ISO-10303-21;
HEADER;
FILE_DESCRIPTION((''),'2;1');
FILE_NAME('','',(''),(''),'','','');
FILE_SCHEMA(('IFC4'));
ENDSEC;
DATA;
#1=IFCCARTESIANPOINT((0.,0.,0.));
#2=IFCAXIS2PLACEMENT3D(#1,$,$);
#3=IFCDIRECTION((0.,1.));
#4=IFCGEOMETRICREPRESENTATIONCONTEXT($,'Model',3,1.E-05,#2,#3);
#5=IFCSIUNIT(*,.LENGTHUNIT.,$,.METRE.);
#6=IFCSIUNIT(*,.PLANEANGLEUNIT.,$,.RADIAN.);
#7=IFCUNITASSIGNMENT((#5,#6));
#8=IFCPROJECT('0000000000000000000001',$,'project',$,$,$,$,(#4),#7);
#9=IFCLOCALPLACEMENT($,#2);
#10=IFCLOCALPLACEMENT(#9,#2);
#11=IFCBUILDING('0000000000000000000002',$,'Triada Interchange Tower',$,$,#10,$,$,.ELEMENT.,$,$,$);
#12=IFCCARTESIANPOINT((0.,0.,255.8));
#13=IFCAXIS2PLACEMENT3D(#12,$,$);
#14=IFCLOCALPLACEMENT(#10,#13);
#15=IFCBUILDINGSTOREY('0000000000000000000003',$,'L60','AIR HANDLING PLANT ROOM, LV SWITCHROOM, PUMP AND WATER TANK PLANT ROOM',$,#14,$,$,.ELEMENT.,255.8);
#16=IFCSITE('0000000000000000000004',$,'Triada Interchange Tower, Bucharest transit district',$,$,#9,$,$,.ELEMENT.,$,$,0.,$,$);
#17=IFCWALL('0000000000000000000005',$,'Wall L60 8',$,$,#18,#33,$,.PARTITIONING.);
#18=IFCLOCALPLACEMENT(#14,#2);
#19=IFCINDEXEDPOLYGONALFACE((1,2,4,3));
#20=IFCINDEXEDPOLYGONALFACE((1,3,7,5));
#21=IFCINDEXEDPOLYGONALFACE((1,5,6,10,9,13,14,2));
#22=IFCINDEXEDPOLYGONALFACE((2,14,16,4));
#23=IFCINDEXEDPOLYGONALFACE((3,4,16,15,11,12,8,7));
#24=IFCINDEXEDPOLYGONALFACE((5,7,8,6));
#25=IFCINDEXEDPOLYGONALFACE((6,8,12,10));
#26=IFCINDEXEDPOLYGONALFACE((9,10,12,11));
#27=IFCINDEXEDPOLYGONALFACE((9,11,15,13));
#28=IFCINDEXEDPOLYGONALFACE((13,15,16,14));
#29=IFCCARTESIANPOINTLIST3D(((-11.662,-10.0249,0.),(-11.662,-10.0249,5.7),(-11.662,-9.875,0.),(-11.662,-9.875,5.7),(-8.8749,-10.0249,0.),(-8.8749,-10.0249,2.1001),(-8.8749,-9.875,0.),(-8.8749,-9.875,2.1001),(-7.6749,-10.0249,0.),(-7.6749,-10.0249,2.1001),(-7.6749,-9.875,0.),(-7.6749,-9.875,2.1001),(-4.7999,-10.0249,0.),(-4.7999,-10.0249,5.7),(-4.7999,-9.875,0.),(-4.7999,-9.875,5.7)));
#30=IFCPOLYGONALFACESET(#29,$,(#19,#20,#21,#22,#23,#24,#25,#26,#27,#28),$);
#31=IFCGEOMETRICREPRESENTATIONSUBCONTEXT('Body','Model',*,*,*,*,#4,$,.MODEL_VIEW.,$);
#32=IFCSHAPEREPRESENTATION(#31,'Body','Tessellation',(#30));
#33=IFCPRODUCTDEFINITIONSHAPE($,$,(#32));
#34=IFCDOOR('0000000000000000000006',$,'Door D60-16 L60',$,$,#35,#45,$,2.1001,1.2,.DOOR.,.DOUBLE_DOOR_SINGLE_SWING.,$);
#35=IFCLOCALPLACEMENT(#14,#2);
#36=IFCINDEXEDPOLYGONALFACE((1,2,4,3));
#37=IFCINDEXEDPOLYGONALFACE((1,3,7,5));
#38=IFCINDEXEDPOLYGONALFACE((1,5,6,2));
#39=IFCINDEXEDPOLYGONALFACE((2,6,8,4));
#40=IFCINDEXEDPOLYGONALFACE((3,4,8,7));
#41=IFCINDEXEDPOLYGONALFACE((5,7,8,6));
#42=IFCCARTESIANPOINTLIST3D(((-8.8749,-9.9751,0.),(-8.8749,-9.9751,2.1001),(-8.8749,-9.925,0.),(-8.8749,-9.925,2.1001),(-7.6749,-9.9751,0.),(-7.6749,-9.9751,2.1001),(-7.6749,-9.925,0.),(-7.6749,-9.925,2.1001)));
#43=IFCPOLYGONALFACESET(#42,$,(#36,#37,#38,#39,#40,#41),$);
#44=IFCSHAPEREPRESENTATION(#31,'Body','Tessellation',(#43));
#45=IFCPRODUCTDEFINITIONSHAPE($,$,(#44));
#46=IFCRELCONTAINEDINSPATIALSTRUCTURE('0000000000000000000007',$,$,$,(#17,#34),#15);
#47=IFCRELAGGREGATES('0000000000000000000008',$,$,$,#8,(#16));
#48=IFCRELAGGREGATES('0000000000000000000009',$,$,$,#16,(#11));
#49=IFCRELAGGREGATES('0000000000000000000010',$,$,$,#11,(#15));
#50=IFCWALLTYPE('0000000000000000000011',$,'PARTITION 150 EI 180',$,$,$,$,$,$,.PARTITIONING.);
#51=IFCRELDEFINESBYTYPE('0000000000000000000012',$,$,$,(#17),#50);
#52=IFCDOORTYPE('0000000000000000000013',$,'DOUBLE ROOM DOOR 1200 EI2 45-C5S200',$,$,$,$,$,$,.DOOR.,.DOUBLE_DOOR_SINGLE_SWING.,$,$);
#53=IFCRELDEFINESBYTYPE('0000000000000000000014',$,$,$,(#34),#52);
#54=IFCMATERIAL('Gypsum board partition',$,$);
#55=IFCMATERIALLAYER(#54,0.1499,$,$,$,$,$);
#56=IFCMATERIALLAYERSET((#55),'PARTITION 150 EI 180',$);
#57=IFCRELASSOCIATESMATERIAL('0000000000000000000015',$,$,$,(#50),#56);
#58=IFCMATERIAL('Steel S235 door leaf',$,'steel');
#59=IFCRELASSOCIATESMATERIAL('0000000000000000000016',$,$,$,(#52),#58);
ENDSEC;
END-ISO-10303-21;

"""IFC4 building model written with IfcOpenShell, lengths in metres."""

from ifc_helpers import new_model, si_unit, direction, frame, frame_2d, origin, place, context, subcontext, project, spatial, rectangle, extrude, material, layer, layer_set, type_object, element, fill, save


model = new_model("IFC4")

# Units and contexts
model_context = context("Model", 3, precision=1e-05, world=origin(), true_north=direction((0.0, 1.0)))
body_context = subcontext(model_context, "Body", "Model", "MODEL_VIEW")
ifc_project = project(units=[si_unit("LENGTHUNIT", "METRE"), si_unit("PLANEANGLEUNIT", "RADIAN")], contexts=[model_context])

# Site, building, storey
site_placement = place(None, origin())
site = spatial("IfcSite", under=ifc_project, at=site_placement, Name="Triada Interchange Tower, Bucharest transit district", CompositionType="ELEMENT", RefElevation=0.0)
building_placement = place(site_placement, origin())
building = spatial("IfcBuilding", under=site, at=building_placement, Name="Triada Interchange Tower", CompositionType="ELEMENT")
storey_placement = place(building_placement, frame((0.0, 0.0, 255.8)))
storey = spatial("IfcBuildingStorey", under=building, at=storey_placement, Name="L60", Description="AIR HANDLING PLANT ROOM, LV SWITCHROOM, PUMP AND WATER TANK PLANT ROOM", CompositionType="ELEMENT", Elevation=255.8)

# Shared definitions
ifc_material_1 = material(Name="Gypsum board partition")
ifc_layer = layer(ifc_material_1, 0.1499)
ifc_layer_set = layer_set([ifc_layer], Name="PARTITION 150 EI 180")
wall_type = type_object("IfcWallType", Name="PARTITION 150 EI 180", PredefinedType="PARTITIONING", material=ifc_layer_set)

# Wall, opening, door
wall_1_placement = place(storey_placement, frame((-11.6621, -9.95, 0.0), z_axis=(0.0, 0.0, 1.0), x_axis=(1.0, 0.0, 0.0)))
wall_1 = element("IfcWall", 1, at=wall_1_placement, inside=storey, type_object=wall_type, Name="Wall L60 8", PredefinedType="PARTITIONING", context=body_context, shape_type="SweptSolid", body=[
    extrude(rectangle(XDim=6.8621, YDim=0.1499, at=frame_2d((3.4312, 0.0))), origin(), (0.0, 0.0, 1.0), 5.7),
])
opening_placement = place(wall_1_placement, frame((2.7871, 0.0, 0.0)))
opening = element("IfcOpeningElement", 2, at=opening_placement, cuts=wall_1, PredefinedType="OPENING", context=body_context, shape_type="SweptSolid", body=[
    extrude(rectangle(XDim=1.2, YDim=2.1001, at=frame_2d((0.6001, 1.05))), frame((0.0, 0.085, 0.0), z_axis=(0.0, -1.0, 0.0), x_axis=(1.0, 0.0, 0.0)), (0.0, 0.0, 1.0), 0.1699),
])
ifc_material_2 = material(Name="Steel S235 door leaf", Category="steel")
door_type = type_object("IfcDoorType", Name="DOUBLE ROOM DOOR 1200 EI2 45-C5S200", OperationType="DOUBLE_DOOR_SINGLE_SWING", PredefinedType="DOOR", material=ifc_material_2)
door_placement = place(opening_placement, origin())
door = element("IfcDoor", 3, at=door_placement, inside=storey, type_object=door_type, Name="Door D60-16 L60", OperationType="DOUBLE_DOOR_SINGLE_SWING", OverallHeight=2.1001, OverallWidth=1.2, PredefinedType="DOOR", context=body_context, shape_type="SweptSolid", body=[
    extrude(rectangle(XDim=1.2, YDim=2.1001, at=frame_2d((0.6001, 1.05))), frame((0.0, 0.0249, 0.0), z_axis=(0.0, -1.0, 0.0), x_axis=(1.0, 0.0, 0.0)), (0.0, 0.0, 1.0), 0.05),
])
fill(opening, door)

save(model, "model.ifc")
